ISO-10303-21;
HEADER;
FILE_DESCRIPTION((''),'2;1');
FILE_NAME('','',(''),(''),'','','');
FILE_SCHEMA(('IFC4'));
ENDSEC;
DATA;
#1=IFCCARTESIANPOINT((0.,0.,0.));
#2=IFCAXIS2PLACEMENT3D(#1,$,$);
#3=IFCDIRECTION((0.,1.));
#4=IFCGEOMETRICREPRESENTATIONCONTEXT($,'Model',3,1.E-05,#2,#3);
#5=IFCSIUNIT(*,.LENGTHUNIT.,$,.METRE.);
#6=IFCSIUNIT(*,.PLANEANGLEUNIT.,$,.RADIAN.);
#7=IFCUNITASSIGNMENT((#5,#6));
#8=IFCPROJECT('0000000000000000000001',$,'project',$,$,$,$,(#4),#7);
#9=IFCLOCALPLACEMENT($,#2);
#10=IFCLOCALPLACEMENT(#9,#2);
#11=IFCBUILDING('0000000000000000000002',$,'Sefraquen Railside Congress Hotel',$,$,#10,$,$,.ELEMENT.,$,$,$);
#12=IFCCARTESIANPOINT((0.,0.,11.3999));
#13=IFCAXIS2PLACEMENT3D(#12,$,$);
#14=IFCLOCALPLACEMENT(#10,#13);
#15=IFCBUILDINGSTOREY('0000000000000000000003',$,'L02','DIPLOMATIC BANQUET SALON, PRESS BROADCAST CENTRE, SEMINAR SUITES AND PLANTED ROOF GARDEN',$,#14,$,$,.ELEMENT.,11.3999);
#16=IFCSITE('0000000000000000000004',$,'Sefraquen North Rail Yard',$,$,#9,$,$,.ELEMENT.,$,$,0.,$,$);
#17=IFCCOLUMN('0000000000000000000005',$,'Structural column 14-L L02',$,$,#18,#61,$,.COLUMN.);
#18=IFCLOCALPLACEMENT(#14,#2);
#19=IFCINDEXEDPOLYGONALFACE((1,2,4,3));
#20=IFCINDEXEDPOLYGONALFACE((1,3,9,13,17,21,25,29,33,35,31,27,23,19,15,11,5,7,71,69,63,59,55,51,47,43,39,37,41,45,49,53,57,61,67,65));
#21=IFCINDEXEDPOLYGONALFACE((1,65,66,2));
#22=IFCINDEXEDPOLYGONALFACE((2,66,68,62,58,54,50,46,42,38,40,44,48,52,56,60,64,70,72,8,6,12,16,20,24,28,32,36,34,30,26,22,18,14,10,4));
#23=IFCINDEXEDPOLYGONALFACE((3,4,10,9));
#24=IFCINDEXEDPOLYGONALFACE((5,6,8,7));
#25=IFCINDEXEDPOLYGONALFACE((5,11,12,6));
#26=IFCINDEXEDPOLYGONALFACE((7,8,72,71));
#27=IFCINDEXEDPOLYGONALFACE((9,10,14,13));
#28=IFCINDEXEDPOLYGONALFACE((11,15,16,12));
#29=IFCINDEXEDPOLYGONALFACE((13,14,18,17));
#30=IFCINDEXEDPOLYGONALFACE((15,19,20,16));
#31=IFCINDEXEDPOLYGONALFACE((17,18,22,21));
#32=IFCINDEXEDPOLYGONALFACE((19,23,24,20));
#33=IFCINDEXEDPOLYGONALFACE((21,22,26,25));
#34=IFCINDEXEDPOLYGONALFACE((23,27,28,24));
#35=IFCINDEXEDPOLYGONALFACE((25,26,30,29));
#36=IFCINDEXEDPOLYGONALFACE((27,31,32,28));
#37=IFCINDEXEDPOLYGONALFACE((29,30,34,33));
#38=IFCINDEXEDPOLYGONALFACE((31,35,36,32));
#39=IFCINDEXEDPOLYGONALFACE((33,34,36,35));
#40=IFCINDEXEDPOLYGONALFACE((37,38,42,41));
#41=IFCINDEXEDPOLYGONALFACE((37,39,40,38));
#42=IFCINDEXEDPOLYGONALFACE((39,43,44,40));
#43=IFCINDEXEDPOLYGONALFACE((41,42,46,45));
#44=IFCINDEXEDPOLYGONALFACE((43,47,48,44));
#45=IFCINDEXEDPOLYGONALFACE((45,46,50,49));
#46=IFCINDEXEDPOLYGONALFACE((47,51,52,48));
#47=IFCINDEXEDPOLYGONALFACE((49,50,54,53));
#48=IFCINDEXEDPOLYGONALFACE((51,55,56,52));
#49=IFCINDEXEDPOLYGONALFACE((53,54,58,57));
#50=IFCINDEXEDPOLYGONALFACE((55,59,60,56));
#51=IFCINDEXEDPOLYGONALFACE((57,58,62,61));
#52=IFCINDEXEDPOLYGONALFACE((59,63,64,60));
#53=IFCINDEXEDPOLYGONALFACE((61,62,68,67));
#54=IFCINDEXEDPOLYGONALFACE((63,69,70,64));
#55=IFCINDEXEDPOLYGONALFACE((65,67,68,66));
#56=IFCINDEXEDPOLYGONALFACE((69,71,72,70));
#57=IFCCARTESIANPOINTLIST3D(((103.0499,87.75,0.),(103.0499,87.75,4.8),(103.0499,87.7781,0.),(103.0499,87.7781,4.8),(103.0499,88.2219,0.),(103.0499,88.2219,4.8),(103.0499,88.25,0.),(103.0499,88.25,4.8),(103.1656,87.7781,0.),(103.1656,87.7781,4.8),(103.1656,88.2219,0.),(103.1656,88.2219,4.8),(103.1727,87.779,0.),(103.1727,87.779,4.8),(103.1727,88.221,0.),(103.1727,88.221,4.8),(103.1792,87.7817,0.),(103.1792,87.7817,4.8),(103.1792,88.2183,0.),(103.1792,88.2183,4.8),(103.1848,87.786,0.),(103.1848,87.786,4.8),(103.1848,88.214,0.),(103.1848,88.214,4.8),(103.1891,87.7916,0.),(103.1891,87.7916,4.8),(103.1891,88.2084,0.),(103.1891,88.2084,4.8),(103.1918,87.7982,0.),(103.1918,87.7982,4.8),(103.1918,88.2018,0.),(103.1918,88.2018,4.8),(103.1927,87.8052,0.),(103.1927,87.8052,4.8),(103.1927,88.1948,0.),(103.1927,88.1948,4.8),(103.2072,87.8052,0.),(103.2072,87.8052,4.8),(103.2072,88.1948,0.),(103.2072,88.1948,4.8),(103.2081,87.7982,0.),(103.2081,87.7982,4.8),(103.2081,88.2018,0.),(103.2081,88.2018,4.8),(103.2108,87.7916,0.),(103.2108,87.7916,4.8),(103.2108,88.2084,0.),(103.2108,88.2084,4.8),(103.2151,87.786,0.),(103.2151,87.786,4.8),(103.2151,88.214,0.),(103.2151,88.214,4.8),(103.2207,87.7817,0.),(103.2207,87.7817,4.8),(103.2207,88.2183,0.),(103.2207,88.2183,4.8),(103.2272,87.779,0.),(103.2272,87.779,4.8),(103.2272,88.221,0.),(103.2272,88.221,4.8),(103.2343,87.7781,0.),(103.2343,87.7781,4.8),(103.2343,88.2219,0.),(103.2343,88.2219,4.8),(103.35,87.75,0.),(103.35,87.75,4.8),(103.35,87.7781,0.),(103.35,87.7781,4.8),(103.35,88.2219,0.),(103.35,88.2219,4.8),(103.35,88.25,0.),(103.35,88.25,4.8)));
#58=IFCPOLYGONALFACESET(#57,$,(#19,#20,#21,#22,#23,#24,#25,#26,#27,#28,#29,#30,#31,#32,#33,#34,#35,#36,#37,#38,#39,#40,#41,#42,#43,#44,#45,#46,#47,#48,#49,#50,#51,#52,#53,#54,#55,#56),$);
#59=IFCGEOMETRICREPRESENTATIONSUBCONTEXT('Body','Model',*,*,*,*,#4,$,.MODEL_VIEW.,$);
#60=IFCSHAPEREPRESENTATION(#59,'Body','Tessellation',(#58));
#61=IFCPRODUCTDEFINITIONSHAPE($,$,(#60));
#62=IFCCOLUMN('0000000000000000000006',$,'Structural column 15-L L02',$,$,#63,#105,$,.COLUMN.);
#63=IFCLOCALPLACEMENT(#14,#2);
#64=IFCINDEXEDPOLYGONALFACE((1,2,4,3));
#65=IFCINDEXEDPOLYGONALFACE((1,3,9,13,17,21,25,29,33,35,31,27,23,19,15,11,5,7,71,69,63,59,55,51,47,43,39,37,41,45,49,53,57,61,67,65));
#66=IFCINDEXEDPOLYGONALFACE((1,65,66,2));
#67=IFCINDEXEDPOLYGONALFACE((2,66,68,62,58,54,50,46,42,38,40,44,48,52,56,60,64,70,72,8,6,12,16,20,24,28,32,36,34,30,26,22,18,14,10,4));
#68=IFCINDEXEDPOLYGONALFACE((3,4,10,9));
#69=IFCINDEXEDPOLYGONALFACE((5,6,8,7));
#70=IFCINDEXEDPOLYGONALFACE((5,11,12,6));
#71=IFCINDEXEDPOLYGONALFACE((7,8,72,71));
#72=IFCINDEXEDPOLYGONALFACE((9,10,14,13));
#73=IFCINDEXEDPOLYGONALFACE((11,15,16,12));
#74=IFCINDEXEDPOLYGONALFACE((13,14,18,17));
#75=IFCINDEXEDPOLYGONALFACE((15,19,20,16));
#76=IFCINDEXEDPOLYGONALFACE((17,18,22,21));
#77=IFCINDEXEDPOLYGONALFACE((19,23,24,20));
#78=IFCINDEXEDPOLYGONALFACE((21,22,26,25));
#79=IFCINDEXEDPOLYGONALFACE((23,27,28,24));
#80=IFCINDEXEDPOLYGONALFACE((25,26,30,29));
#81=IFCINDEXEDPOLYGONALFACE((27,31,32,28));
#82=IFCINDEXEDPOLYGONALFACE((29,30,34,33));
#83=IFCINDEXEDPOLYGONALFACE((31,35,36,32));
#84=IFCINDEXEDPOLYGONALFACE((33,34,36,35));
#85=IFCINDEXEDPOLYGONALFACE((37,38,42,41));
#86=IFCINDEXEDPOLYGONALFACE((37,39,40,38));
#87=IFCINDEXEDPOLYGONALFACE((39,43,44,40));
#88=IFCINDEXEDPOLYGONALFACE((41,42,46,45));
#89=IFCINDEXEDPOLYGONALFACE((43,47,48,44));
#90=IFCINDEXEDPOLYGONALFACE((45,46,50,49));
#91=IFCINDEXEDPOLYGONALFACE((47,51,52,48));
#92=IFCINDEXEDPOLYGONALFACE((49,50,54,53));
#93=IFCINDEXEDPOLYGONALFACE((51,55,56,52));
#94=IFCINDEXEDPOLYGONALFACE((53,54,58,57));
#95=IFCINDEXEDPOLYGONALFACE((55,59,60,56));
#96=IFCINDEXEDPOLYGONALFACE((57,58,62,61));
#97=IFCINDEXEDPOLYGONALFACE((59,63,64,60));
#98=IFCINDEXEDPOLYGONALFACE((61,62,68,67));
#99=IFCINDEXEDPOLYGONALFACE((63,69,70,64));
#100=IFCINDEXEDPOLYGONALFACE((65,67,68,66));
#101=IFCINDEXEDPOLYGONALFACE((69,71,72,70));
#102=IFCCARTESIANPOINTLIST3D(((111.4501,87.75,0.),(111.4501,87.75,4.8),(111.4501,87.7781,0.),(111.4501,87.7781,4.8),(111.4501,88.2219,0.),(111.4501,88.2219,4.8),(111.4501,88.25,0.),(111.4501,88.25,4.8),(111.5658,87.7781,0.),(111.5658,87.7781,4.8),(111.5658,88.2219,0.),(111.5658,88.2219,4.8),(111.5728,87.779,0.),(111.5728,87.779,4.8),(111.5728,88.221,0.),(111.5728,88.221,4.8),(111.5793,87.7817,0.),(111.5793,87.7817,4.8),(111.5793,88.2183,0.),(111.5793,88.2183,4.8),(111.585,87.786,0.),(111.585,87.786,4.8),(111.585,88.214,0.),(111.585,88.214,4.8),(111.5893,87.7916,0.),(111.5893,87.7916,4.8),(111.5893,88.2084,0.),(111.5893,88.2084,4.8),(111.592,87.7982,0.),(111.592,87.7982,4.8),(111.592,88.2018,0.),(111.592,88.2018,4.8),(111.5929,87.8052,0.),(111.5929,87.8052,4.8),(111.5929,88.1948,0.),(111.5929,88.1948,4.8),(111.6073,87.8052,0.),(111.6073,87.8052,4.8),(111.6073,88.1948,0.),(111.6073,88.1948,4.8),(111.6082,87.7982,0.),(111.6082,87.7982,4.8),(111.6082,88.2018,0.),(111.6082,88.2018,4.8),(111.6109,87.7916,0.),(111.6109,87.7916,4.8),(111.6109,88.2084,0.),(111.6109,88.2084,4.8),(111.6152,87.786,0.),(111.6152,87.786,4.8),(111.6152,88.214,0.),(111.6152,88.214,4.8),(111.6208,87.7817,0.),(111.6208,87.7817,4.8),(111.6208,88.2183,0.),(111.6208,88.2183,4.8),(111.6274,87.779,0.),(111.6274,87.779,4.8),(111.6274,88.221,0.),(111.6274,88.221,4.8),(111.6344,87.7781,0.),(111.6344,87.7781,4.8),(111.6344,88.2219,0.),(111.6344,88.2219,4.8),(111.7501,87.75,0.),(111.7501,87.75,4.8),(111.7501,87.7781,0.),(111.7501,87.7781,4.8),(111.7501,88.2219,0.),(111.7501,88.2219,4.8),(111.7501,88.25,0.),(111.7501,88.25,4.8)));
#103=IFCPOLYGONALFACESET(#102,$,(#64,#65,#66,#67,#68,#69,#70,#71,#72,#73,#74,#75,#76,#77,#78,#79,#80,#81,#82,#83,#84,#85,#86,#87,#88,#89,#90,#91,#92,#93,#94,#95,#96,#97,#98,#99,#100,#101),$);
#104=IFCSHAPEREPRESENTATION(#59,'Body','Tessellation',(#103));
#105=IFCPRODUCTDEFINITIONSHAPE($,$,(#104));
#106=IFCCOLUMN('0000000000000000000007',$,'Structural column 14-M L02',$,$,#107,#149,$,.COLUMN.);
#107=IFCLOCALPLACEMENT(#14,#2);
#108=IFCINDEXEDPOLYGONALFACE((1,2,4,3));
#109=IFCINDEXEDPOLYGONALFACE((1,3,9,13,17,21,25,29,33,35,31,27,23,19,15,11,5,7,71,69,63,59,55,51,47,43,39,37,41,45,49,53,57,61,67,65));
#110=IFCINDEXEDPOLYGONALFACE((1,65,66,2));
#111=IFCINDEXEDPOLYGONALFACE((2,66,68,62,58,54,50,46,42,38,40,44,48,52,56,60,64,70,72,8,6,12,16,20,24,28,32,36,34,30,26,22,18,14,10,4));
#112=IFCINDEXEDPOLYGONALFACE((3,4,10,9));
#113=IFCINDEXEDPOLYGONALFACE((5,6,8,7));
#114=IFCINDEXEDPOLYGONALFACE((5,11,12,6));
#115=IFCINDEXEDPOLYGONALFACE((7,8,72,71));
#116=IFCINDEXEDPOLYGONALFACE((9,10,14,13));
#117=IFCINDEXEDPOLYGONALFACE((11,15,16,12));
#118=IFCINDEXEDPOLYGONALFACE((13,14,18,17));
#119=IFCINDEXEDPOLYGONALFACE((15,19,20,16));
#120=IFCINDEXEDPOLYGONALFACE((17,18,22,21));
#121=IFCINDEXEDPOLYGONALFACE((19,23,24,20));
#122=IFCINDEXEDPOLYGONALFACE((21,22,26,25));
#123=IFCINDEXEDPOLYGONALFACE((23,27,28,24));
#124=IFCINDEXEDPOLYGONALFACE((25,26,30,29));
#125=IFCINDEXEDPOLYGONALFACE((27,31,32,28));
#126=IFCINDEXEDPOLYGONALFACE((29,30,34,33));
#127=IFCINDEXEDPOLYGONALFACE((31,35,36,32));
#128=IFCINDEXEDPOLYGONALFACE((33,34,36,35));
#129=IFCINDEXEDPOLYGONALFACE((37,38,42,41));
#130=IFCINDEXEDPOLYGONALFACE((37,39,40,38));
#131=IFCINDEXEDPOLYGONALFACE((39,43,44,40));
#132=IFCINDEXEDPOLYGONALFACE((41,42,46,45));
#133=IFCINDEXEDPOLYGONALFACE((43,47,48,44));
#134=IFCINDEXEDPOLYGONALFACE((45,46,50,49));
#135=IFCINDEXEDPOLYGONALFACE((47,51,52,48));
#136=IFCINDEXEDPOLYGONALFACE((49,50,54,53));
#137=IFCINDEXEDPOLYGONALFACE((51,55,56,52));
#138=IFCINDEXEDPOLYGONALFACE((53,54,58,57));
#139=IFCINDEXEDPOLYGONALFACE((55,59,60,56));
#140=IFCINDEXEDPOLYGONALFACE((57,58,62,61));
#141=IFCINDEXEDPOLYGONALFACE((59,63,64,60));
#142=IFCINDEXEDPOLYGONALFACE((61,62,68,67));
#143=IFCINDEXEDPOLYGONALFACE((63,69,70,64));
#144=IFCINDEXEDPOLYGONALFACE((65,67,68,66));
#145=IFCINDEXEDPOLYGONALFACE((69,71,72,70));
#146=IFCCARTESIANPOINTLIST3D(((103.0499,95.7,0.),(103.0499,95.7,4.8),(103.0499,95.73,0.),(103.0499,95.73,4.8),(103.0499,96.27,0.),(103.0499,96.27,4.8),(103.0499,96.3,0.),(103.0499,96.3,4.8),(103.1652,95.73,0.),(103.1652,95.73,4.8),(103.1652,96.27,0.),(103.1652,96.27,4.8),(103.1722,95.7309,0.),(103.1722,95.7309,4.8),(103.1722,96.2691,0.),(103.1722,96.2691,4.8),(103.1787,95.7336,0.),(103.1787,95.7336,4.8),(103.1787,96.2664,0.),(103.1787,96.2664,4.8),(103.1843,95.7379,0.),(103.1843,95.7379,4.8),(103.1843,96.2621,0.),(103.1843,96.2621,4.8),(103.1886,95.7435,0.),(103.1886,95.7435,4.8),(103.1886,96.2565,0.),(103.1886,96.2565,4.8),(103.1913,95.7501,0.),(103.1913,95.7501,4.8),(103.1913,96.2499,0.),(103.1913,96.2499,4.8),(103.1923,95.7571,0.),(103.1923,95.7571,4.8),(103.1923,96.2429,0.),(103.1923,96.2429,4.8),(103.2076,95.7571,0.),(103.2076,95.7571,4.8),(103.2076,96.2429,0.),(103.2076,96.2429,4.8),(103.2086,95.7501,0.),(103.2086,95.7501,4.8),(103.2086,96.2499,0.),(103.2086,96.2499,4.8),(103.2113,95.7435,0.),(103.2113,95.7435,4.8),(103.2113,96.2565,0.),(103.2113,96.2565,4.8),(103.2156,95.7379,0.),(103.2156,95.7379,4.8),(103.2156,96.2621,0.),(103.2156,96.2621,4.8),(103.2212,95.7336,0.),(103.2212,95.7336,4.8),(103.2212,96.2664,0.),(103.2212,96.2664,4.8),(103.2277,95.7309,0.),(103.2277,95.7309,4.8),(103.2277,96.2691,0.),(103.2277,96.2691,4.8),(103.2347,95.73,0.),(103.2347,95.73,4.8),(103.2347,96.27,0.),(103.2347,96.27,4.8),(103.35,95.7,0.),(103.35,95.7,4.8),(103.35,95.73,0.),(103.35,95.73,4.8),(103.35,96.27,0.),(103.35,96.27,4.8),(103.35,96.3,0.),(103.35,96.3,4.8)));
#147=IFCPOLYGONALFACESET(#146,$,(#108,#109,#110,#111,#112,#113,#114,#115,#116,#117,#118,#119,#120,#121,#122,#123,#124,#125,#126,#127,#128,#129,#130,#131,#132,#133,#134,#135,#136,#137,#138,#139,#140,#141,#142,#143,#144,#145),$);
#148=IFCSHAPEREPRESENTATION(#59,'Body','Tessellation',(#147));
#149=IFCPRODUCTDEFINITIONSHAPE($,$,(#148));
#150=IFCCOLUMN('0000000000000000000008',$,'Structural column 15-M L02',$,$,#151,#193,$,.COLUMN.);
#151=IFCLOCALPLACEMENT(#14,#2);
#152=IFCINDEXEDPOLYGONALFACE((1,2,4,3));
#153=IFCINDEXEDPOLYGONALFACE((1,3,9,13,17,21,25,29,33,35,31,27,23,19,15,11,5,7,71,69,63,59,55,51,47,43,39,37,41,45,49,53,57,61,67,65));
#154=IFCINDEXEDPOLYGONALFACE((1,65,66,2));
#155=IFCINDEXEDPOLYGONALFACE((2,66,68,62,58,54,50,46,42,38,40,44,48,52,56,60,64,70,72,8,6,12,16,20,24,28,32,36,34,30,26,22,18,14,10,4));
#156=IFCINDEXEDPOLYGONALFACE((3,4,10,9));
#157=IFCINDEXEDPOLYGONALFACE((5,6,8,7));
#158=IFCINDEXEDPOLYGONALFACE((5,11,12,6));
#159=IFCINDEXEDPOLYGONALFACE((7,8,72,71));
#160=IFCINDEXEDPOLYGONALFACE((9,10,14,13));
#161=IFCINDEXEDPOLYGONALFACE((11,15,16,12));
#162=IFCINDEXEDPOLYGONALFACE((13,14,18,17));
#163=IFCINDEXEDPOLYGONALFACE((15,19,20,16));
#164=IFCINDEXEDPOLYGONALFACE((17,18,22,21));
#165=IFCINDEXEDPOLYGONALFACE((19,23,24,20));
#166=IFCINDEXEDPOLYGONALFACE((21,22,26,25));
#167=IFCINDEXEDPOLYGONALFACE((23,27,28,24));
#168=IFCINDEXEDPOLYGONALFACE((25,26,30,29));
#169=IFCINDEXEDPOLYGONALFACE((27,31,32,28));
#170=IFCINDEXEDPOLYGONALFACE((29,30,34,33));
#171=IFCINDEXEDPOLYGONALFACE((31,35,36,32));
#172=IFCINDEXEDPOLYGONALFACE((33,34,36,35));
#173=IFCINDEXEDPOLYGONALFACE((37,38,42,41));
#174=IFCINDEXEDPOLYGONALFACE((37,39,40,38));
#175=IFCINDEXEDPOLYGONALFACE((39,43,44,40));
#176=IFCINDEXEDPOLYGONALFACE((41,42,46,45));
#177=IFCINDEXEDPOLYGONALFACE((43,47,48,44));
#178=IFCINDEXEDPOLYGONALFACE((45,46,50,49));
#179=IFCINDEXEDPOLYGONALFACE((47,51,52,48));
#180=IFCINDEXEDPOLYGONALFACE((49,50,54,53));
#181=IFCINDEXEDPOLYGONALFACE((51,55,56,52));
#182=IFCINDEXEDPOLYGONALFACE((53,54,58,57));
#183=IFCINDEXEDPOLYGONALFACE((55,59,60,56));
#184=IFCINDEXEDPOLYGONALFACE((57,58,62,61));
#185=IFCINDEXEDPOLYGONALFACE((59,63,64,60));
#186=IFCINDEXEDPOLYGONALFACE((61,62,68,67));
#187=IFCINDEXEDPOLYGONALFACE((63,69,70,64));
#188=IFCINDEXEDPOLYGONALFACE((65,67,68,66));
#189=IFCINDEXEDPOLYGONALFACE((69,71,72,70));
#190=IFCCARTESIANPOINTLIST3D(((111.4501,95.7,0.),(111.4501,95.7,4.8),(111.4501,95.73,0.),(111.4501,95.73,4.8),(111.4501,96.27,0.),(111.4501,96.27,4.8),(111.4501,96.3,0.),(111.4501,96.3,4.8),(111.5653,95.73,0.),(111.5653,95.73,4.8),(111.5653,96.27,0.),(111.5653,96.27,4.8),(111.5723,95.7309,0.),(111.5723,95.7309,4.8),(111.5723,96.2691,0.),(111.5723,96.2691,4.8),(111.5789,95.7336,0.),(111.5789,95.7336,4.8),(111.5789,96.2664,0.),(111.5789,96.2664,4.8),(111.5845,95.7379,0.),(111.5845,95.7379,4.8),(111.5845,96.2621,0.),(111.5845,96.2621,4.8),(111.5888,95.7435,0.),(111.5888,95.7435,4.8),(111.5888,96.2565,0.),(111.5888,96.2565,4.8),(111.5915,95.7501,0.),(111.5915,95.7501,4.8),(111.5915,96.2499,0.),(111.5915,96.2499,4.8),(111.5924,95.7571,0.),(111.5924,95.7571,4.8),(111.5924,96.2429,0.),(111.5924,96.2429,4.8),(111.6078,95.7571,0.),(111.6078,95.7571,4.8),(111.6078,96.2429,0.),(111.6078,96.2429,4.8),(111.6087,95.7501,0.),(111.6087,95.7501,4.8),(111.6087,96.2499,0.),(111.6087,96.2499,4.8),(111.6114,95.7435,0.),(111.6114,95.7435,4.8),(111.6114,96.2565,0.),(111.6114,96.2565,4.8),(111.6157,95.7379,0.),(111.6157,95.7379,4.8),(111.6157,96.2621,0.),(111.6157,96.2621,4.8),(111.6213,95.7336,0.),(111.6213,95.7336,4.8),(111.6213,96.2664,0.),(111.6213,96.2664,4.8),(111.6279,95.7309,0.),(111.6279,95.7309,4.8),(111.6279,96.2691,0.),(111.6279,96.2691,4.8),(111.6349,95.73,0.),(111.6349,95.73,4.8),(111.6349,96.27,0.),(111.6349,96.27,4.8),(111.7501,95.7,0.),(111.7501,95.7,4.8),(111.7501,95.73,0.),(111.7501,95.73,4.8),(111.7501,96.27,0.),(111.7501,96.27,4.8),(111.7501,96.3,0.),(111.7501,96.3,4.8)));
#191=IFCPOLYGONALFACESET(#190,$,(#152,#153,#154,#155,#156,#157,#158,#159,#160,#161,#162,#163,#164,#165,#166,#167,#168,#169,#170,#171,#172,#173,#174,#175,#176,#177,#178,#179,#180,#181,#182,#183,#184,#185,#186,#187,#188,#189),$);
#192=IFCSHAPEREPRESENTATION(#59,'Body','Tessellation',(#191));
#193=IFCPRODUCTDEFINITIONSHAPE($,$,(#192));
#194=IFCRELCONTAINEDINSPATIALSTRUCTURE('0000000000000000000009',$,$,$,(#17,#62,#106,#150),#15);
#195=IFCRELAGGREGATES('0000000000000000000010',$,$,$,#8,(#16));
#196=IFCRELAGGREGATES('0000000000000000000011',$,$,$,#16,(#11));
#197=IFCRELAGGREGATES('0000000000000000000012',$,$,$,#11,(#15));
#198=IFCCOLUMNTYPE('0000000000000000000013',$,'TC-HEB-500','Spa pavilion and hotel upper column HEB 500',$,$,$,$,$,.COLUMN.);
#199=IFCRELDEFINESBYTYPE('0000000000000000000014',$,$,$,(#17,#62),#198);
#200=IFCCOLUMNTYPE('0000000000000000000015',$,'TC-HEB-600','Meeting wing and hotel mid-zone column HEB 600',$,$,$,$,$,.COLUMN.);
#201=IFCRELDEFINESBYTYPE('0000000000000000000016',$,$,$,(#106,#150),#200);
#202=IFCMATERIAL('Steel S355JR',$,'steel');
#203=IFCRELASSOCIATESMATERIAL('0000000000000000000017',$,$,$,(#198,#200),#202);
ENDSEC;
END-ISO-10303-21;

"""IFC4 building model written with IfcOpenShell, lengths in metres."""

from ifc_helpers import new_model, si_unit, direction, frame, origin, origin_2d, place, context, subcontext, project, spatial, i_section, extrude, material, material_profile, profile_set, type_object, element, save


model = new_model("IFC4")

# Units and contexts
model_context = context("Model", 3, precision=1e-05, world=origin(), true_north=direction((0.0, 1.0)))
body_context = subcontext(model_context, "Body", "Model", "MODEL_VIEW")
ifc_project = project(units=[si_unit("LENGTHUNIT", "METRE"), si_unit("PLANEANGLEUNIT", "RADIAN")], contexts=[model_context])

# Site, building, storey
site_placement = place(None, origin())
site = spatial("IfcSite", under=ifc_project, at=site_placement, Name="Sefraquen North Rail Yard", CompositionType="ELEMENT", RefElevation=0.0)
building_placement = place(site_placement, origin())
building = spatial("IfcBuilding", under=site, at=building_placement, Name="Sefraquen Railside Congress Hotel", CompositionType="ELEMENT")
storey_placement = place(building_placement, frame((0.0, 0.0, 11.3999)))
storey = spatial("IfcBuildingStorey", under=building, at=storey_placement, Name="L02", Description="DIPLOMATIC BANQUET SALON, PRESS BROADCAST CENTRE, SEMINAR SUITES AND PLANTED ROOF GARDEN", CompositionType="ELEMENT", Elevation=11.3999)

# Columns
ifc_material_1 = material(Name="Steel S355JR", Category="steel")
ifc_material_profile_1 = material_profile(ifc_material_1, i_section(OverallWidth=0.3, OverallDepth=0.5, WebThickness=0.0144, FlangeThickness=0.0281, FilletRadius=0.0271, at=origin_2d()), Name="HEB 500")
ifc_profile_set_1 = profile_set([ifc_material_profile_1], Name="Steel S355JR")
column_type_1 = type_object("IfcColumnType", Name="TC-HEB-500", Description="Spa pavilion and hotel upper column HEB 500", PredefinedType="COLUMN", material=ifc_profile_set_1)
for number, where, z_axis, x_axis, name in (
    (1, (103.2, 88.0, 0.0), (0.0, 0.0, 1.0), (1.0, 0.0, 0.0), "Structural column 14-L L02"),
    (2, (111.6001, 88.0, 0.0), (0.0, 0.0, 1.0), (1.0, 0.0, 0.0), "Structural column 15-L L02"),
):
    element("IfcColumn", number, at=place(storey_placement, frame(where, z_axis=z_axis, x_axis=x_axis)), inside=storey, type_object=column_type_1, Name=name, PredefinedType="COLUMN", context=body_context, shape_type="SweptSolid", body=[
        extrude(i_section(OverallWidth=0.3, OverallDepth=0.5, WebThickness=0.0144, FlangeThickness=0.0281, FilletRadius=0.0271, at=origin_2d()), origin(), (0.0, 0.0, 1.0), 4.8),
    ])
ifc_material_profile_2 = material_profile(ifc_material_1, i_section(OverallWidth=0.3, OverallDepth=0.6001, WebThickness=0.0154, FlangeThickness=0.03, FilletRadius=0.0271, at=origin_2d()), Name="HEB 600")
ifc_profile_set_2 = profile_set([ifc_material_profile_2], Name="Steel S355JR")
column_type_2 = type_object("IfcColumnType", Name="TC-HEB-600", Description="Meeting wing and hotel mid-zone column HEB 600", PredefinedType="COLUMN", material=ifc_profile_set_2)
for number, where, z_axis, x_axis, name in (
    (3, (103.2, 96.0, 0.0), (0.0, 0.0, 1.0), (1.0, 0.0, 0.0), "Structural column 14-M L02"),
    (4, (111.6001, 96.0, 0.0), (0.0, 0.0, 1.0), (1.0, 0.0, 0.0), "Structural column 15-M L02"),
):
    element("IfcColumn", number, at=place(storey_placement, frame(where, z_axis=z_axis, x_axis=x_axis)), inside=storey, type_object=column_type_2, Name=name, PredefinedType="COLUMN", context=body_context, shape_type="SweptSolid", body=[
        extrude(i_section(OverallWidth=0.3, OverallDepth=0.6001, WebThickness=0.0154, FlangeThickness=0.03, FilletRadius=0.0271, at=origin_2d()), origin(), (0.0, 0.0, 1.0), 4.8),
    ])

save(model, "model.ifc")
